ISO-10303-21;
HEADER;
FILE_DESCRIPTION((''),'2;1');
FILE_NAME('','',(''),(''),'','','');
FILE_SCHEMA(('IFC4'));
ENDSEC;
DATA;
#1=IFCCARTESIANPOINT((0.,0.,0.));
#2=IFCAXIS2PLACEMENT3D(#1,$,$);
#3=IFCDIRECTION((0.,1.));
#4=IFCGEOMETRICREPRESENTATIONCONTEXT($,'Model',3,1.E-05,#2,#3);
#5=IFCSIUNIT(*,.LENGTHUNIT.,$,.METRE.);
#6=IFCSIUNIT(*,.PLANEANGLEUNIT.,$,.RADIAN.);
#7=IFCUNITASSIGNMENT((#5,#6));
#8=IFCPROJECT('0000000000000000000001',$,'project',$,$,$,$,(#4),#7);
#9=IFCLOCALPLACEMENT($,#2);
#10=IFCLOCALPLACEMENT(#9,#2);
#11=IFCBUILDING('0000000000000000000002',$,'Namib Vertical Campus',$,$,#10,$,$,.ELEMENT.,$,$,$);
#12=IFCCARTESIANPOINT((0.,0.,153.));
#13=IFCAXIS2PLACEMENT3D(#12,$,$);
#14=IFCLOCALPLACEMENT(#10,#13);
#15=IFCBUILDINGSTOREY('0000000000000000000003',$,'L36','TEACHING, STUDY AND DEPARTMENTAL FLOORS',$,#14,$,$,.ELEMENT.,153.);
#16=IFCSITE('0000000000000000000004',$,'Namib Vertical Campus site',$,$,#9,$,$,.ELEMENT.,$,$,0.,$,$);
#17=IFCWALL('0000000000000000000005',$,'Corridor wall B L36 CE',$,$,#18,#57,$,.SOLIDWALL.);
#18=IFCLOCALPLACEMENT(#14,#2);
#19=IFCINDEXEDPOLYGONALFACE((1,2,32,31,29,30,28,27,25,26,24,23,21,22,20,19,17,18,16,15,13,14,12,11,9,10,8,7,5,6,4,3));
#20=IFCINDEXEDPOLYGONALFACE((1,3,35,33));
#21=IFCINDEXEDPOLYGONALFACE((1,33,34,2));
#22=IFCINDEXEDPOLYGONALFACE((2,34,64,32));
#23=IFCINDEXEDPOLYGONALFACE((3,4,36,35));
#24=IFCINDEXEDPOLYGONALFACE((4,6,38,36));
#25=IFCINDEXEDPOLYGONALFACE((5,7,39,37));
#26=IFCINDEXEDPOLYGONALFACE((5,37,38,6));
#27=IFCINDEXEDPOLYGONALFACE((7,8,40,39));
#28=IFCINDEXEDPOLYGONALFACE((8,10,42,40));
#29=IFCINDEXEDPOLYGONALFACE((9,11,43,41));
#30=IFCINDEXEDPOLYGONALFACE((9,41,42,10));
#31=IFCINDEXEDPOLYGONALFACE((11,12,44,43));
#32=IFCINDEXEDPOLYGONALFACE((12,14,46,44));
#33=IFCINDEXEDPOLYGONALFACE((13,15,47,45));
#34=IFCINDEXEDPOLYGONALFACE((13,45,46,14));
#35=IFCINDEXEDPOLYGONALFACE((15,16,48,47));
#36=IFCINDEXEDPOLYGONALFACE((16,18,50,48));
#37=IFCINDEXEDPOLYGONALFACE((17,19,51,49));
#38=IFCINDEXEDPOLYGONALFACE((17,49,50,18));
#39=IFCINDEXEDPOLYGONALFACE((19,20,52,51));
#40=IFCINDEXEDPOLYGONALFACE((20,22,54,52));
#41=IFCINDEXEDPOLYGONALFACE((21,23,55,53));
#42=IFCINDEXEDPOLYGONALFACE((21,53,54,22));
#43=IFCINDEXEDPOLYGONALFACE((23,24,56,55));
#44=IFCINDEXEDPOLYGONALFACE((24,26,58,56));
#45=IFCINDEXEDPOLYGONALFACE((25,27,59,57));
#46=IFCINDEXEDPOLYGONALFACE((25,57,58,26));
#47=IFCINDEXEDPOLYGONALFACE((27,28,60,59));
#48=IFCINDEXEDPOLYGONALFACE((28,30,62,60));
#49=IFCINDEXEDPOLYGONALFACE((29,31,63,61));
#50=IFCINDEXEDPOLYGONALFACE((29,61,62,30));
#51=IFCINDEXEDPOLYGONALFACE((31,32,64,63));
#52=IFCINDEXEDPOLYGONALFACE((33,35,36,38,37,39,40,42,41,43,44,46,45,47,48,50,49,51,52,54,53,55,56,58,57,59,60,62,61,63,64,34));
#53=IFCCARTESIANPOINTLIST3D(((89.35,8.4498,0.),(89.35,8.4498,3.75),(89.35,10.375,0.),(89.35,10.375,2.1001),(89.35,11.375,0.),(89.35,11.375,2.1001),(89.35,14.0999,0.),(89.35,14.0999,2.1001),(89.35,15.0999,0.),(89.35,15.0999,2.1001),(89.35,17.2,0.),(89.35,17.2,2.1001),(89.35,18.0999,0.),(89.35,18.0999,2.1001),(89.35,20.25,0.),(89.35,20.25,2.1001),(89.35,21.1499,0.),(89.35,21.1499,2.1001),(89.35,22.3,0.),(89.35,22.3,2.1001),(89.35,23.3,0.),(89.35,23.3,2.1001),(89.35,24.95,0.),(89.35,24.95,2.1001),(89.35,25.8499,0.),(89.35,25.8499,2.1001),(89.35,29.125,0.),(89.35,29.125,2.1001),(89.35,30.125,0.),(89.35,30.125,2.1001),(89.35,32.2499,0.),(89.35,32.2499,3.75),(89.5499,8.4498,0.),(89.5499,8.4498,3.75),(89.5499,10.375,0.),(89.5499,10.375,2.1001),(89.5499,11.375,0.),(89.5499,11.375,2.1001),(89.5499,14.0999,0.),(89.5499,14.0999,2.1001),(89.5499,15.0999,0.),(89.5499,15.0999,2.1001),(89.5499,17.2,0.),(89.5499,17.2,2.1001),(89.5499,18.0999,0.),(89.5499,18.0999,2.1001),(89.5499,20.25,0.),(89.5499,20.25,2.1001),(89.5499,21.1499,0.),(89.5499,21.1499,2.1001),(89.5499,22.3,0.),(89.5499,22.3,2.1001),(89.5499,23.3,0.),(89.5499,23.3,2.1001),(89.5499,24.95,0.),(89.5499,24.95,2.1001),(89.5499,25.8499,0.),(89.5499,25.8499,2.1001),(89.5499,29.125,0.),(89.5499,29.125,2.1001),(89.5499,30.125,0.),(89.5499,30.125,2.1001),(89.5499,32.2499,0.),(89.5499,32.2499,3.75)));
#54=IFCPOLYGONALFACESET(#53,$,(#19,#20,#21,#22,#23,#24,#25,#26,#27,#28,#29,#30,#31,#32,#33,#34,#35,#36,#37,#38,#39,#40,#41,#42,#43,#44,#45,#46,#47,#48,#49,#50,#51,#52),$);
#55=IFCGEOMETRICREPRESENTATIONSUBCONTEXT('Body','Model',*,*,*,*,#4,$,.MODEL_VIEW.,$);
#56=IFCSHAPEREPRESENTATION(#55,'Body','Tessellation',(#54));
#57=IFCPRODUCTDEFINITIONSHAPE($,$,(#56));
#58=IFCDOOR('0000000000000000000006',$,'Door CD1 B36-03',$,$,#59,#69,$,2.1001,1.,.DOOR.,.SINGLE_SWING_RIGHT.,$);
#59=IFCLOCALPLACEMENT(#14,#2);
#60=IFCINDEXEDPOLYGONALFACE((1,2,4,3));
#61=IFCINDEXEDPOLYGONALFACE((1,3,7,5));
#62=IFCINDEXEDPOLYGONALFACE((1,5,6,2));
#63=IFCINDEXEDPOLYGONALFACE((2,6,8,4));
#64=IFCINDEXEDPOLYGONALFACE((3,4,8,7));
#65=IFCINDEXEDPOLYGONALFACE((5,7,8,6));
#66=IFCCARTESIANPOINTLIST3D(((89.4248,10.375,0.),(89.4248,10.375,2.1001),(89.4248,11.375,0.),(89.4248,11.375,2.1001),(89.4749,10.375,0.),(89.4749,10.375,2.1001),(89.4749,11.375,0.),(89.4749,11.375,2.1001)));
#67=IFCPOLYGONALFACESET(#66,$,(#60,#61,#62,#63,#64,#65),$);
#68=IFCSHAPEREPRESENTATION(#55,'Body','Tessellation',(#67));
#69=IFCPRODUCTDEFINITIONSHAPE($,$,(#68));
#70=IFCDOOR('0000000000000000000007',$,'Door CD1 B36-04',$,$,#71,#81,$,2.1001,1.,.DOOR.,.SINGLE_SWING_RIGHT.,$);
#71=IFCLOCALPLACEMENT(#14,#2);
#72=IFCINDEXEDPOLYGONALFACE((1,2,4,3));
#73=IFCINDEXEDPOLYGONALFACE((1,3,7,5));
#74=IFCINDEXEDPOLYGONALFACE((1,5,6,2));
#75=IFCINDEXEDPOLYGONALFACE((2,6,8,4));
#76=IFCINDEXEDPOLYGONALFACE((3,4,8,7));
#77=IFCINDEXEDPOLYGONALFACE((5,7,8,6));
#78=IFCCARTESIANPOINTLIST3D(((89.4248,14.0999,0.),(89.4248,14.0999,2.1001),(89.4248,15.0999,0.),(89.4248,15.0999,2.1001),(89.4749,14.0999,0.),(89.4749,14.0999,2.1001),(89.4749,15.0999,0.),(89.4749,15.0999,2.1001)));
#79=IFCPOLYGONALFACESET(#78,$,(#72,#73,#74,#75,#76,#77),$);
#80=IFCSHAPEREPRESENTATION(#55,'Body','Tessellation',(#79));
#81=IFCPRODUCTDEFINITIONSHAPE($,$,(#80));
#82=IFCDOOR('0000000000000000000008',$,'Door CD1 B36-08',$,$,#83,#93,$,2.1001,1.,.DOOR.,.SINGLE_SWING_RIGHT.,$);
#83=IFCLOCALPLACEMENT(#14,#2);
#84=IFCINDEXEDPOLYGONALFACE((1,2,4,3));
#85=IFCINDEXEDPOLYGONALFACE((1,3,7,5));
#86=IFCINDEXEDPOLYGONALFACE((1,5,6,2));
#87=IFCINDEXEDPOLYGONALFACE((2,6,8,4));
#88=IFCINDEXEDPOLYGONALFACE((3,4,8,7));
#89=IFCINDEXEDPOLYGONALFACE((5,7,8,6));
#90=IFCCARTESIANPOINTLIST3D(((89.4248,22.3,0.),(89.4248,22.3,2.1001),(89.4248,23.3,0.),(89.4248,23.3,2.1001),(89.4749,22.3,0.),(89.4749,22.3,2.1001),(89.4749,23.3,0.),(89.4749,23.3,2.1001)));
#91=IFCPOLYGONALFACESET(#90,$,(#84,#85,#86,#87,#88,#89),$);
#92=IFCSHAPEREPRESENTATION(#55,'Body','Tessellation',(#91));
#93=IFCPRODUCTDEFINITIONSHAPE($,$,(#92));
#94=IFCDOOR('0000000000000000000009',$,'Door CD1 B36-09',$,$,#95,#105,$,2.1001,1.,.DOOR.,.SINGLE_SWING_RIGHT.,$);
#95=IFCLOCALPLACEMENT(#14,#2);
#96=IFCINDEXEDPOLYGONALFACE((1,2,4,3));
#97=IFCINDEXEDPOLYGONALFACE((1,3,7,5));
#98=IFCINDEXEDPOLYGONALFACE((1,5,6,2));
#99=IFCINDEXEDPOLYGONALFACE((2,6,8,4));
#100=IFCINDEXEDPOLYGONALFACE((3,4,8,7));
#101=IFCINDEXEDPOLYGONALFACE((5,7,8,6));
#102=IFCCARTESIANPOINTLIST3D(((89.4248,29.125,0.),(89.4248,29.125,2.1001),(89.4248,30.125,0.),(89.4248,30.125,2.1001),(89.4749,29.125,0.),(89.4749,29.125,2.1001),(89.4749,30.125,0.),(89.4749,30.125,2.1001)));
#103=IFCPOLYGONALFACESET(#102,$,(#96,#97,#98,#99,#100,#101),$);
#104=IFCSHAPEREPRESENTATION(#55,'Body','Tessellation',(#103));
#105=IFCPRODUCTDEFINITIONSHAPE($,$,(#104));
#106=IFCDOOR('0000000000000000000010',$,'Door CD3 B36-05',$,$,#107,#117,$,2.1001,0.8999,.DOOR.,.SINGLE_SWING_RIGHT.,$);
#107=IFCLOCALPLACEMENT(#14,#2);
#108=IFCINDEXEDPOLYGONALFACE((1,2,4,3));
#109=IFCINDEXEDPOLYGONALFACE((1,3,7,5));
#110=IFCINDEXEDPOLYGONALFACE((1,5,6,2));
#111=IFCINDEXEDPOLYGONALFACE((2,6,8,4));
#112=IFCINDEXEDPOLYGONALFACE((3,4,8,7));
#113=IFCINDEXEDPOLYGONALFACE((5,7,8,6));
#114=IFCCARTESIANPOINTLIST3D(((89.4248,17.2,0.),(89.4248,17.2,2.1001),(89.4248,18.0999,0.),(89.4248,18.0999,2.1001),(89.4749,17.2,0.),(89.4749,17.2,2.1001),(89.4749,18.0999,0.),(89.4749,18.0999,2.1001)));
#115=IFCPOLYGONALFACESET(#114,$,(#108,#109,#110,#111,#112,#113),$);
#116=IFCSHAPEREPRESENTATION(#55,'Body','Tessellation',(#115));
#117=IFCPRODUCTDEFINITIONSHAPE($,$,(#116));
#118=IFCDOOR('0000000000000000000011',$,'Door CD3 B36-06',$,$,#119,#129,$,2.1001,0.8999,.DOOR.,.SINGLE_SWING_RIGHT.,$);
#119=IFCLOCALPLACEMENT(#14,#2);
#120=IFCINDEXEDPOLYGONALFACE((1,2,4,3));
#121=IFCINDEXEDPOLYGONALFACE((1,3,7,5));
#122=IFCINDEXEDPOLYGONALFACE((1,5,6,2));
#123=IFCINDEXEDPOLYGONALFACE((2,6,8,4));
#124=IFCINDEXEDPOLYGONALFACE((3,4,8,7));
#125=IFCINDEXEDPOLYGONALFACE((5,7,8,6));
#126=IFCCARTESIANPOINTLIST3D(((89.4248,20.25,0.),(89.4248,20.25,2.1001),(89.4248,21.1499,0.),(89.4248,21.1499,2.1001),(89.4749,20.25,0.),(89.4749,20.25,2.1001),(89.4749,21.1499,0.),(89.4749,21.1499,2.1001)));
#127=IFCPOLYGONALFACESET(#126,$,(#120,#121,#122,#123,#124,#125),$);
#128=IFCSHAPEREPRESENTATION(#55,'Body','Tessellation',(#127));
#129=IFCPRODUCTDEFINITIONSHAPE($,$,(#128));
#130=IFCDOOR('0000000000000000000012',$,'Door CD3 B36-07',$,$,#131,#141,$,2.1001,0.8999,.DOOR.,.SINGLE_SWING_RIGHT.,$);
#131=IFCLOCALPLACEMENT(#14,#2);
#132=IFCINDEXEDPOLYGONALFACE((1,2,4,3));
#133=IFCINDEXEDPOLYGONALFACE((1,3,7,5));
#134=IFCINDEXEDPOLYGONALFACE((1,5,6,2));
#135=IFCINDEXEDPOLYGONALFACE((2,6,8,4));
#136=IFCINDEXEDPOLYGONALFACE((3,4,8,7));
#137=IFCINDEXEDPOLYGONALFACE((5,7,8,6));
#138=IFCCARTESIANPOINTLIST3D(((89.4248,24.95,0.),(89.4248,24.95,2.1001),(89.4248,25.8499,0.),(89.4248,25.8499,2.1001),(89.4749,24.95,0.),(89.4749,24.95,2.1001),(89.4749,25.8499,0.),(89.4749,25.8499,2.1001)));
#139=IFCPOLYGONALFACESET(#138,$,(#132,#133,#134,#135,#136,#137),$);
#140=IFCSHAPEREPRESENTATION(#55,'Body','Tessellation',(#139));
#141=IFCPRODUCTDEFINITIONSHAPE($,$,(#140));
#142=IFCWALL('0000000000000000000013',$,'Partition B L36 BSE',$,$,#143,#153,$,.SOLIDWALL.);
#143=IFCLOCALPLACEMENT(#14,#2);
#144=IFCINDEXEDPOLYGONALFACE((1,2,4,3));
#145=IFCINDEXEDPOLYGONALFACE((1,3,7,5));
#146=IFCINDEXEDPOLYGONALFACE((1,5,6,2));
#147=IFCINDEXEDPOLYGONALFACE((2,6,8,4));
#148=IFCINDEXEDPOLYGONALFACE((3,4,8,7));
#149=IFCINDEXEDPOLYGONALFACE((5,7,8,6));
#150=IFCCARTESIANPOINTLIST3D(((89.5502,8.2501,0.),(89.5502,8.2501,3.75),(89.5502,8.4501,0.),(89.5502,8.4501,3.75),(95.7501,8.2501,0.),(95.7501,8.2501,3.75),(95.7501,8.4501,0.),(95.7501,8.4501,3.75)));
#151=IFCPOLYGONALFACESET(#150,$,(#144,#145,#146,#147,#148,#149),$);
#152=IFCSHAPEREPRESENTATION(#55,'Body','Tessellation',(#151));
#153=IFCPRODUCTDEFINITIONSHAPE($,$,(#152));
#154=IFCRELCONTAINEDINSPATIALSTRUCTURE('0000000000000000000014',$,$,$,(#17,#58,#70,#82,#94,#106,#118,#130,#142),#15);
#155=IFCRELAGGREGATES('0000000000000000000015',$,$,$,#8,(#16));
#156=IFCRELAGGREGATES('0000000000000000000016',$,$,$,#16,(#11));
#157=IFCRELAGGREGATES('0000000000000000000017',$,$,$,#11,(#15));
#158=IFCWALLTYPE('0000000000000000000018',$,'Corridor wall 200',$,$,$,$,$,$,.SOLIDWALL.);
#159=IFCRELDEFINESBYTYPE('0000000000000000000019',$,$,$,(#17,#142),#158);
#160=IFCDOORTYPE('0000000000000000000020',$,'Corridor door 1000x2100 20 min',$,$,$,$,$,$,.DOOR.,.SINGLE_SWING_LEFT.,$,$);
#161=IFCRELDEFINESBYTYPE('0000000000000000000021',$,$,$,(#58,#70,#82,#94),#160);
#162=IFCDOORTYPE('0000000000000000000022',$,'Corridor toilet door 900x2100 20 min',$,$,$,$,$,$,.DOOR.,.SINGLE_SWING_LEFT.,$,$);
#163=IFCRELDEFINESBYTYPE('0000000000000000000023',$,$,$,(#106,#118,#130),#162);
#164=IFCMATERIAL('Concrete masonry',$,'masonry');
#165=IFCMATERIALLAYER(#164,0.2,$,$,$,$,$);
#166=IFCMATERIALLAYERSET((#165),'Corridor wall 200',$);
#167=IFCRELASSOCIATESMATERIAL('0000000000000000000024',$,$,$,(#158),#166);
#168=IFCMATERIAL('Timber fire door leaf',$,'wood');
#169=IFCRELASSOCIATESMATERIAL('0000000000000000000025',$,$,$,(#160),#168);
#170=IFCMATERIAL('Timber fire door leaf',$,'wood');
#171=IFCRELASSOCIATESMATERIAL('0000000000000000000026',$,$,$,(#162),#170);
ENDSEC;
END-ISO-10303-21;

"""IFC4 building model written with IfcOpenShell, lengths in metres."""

from ifc_helpers import new_model, si_unit, direction, frame, frame_2d, origin, place, context, subcontext, project, spatial, rectangle, extrude, material, layer, layer_set, type_object, element, fill, save


model = new_model("IFC4")

# Units and contexts
model_context = context("Model", 3, precision=1e-05, world=origin(), true_north=direction((0.0, 1.0)))
body_context = subcontext(model_context, "Body", "Model", "MODEL_VIEW")
ifc_project = project(units=[si_unit("LENGTHUNIT", "METRE"), si_unit("PLANEANGLEUNIT", "RADIAN")], contexts=[model_context])

# Site, building, storey
site_placement = place(None, origin())
site = spatial("IfcSite", under=ifc_project, at=site_placement, Name="Namib Vertical Campus site", CompositionType="ELEMENT", RefElevation=0.0)
building_placement = place(site_placement, origin())
building = spatial("IfcBuilding", under=site, at=building_placement, Name="Namib Vertical Campus", CompositionType="ELEMENT")
storey_placement = place(building_placement, frame((0.0, 0.0, 153.0)))
storey = spatial("IfcBuildingStorey", under=building, at=storey_placement, Name="L36", Description="TEACHING, STUDY AND DEPARTMENTAL FLOORS", CompositionType="ELEMENT", Elevation=153.0)

# Wall, openings, doors
ifc_material_1 = material(Name="Concrete masonry", Category="masonry")
ifc_layer_1 = layer(ifc_material_1, 0.2)
ifc_layer_set_1 = layer_set([ifc_layer_1], Name="Corridor wall 200")
wall_type_1 = type_object("IfcWallType", Name="Corridor wall 200", PredefinedType="SOLIDWALL", material=ifc_layer_set_1)
wall_1_placement = place(storey_placement, frame((89.45, 8.45, 0.0), z_axis=(0.0, 0.0, 1.0), x_axis=(0.0, 1.0, 0.0)))
wall_1 = element("IfcWall", 1, at=wall_1_placement, inside=storey, type_object=wall_type_1, Name="Corridor wall B L36 CE", PredefinedType="SOLIDWALL", context=body_context, shape_type="SweptSolid", body=[
    extrude(rectangle(XDim=23.8, YDim=0.2, at=frame_2d((11.8999, 0.0))), origin(), (0.0, 0.0, 1.0), 3.75),
])
opening_1_placement = place(wall_1_placement, frame((1.925, 0.0, 0.0)))
opening_1 = element("IfcOpeningElement", 2, at=opening_1_placement, cuts=wall_1, PredefinedType="OPENING", context=body_context, shape_type="SweptSolid", body=[
    extrude(rectangle(XDim=1.0, YDim=2.1001, at=frame_2d((0.5, 1.05))), frame((0.0, 0.1099, 0.0), z_axis=(0.0, -1.0, 0.0), x_axis=(1.0, 0.0, 0.0)), (0.0, 0.0, 1.0), 0.22),
])
opening_2_placement = place(wall_1_placement, frame((5.6499, 0.0, 0.0)))
opening_2 = element("IfcOpeningElement", 3, at=opening_2_placement, cuts=wall_1, PredefinedType="OPENING", context=body_context, shape_type="SweptSolid", body=[
    extrude(rectangle(XDim=1.0, YDim=2.1001, at=frame_2d((0.5, 1.05))), frame((0.0, 0.1099, 0.0), z_axis=(0.0, -1.0, 0.0), x_axis=(1.0, 0.0, 0.0)), (0.0, 0.0, 1.0), 0.22),
])
opening_3_placement = place(wall_1_placement, frame((8.75, 0.0, 0.0)))
opening_3 = element("IfcOpeningElement", 4, at=opening_3_placement, cuts=wall_1, PredefinedType="OPENING", context=body_context, shape_type="SweptSolid", body=[
    extrude(rectangle(XDim=0.8999, YDim=2.1001, at=frame_2d((0.45, 1.05))), frame((0.0, 0.1099, 0.0), z_axis=(0.0, -1.0, 0.0), x_axis=(1.0, 0.0, 0.0)), (0.0, 0.0, 1.0), 0.22),
])
opening_4_placement = place(wall_1_placement, frame((11.8, 0.0, 0.0)))
opening_4 = element("IfcOpeningElement", 5, at=opening_4_placement, cuts=wall_1, PredefinedType="OPENING", context=body_context, shape_type="SweptSolid", body=[
    extrude(rectangle(XDim=0.8999, YDim=2.1001, at=frame_2d((0.45, 1.05))), frame((0.0, 0.1099, 0.0), z_axis=(0.0, -1.0, 0.0), x_axis=(1.0, 0.0, 0.0)), (0.0, 0.0, 1.0), 0.22),
])
opening_5_placement = place(wall_1_placement, frame((16.5, 0.0, 0.0)))
opening_5 = element("IfcOpeningElement", 6, at=opening_5_placement, cuts=wall_1, PredefinedType="OPENING", context=body_context, shape_type="SweptSolid", body=[
    extrude(rectangle(XDim=0.8999, YDim=2.1001, at=frame_2d((0.45, 1.05))), frame((0.0, 0.1099, 0.0), z_axis=(0.0, -1.0, 0.0), x_axis=(1.0, 0.0, 0.0)), (0.0, 0.0, 1.0), 0.22),
])
opening_6_placement = place(wall_1_placement, frame((13.8501, 0.0, 0.0)))
opening_6 = element("IfcOpeningElement", 7, at=opening_6_placement, cuts=wall_1, PredefinedType="OPENING", context=body_context, shape_type="SweptSolid", body=[
    extrude(rectangle(XDim=1.0, YDim=2.1001, at=frame_2d((0.5, 1.05))), frame((0.0, 0.1099, 0.0), z_axis=(0.0, -1.0, 0.0), x_axis=(1.0, 0.0, 0.0)), (0.0, 0.0, 1.0), 0.22),
])
opening_7_placement = place(wall_1_placement, frame((20.675, 0.0, 0.0)))
opening_7 = element("IfcOpeningElement", 8, at=opening_7_placement, cuts=wall_1, PredefinedType="OPENING", context=body_context, shape_type="SweptSolid", body=[
    extrude(rectangle(XDim=1.0, YDim=2.1001, at=frame_2d((0.5, 1.05))), frame((0.0, 0.1099, 0.0), z_axis=(0.0, -1.0, 0.0), x_axis=(1.0, 0.0, 0.0)), (0.0, 0.0, 1.0), 0.22),
])
ifc_material_2 = material(Name="Timber fire door leaf", Category="wood")
door_type_1 = type_object("IfcDoorType", Name="Corridor door 1000x2100 20 min", OperationType="SINGLE_SWING_LEFT", PredefinedType="DOOR", material=ifc_material_2)
door_1_placement = place(opening_1_placement, frame((1.0, 0.0, 0.0), z_axis=(0.0, 0.0, 1.0), x_axis=(-1.0, 0.0, 0.0)))
door_1 = element("IfcDoor", 9, at=door_1_placement, inside=storey, type_object=door_type_1, Name="Door CD1 B36-03", OperationType="SINGLE_SWING_RIGHT", OverallHeight=2.1001, OverallWidth=1.0, PredefinedType="DOOR", context=body_context, shape_type="SweptSolid", body=[
    extrude(rectangle(XDim=1.0, YDim=2.1001, at=frame_2d((0.5, 1.05))), frame((0.0, 0.0249, 0.0), z_axis=(0.0, -1.0, 0.0), x_axis=(1.0, 0.0, 0.0)), (0.0, 0.0, 1.0), 0.05),
])
fill(opening_1, door_1)
door_2_placement = place(opening_2_placement, frame((1.0, 0.0, 0.0), z_axis=(0.0, 0.0, 1.0), x_axis=(-1.0, 0.0, 0.0)))
door_2 = element("IfcDoor", 10, at=door_2_placement, inside=storey, type_object=door_type_1, Name="Door CD1 B36-04", OperationType="SINGLE_SWING_RIGHT", OverallHeight=2.1001, OverallWidth=1.0, PredefinedType="DOOR", context=body_context, shape_type="SweptSolid", body=[
    extrude(rectangle(XDim=1.0, YDim=2.1001, at=frame_2d((0.5, 1.05))), frame((0.0, 0.0249, 0.0), z_axis=(0.0, -1.0, 0.0), x_axis=(1.0, 0.0, 0.0)), (0.0, 0.0, 1.0), 0.05),
])
fill(opening_2, door_2)
door_3_placement = place(opening_6_placement, frame((1.0, 0.0, 0.0), z_axis=(0.0, 0.0, 1.0), x_axis=(-1.0, 0.0, 0.0)))
door_3 = element("IfcDoor", 11, at=door_3_placement, inside=storey, type_object=door_type_1, Name="Door CD1 B36-08", OperationType="SINGLE_SWING_RIGHT", OverallHeight=2.1001, OverallWidth=1.0, PredefinedType="DOOR", context=body_context, shape_type="SweptSolid", body=[
    extrude(rectangle(XDim=1.0, YDim=2.1001, at=frame_2d((0.5, 1.05))), frame((0.0, 0.0249, 0.0), z_axis=(0.0, -1.0, 0.0), x_axis=(1.0, 0.0, 0.0)), (0.0, 0.0, 1.0), 0.05),
])
fill(opening_6, door_3)
door_4_placement = place(opening_7_placement, frame((1.0, 0.0, 0.0), z_axis=(0.0, 0.0, 1.0), x_axis=(-1.0, 0.0, 0.0)))
door_4 = element("IfcDoor", 12, at=door_4_placement, inside=storey, type_object=door_type_1, Name="Door CD1 B36-09", OperationType="SINGLE_SWING_RIGHT", OverallHeight=2.1001, OverallWidth=1.0, PredefinedType="DOOR", context=body_context, shape_type="SweptSolid", body=[
    extrude(rectangle(XDim=1.0, YDim=2.1001, at=frame_2d((0.5, 1.05))), frame((0.0, 0.0249, 0.0), z_axis=(0.0, -1.0, 0.0), x_axis=(1.0, 0.0, 0.0)), (0.0, 0.0, 1.0), 0.05),
])
fill(opening_7, door_4)
ifc_material_3 = material(Name="Timber fire door leaf", Category="wood")
door_type_2 = type_object("IfcDoorType", Name="Corridor toilet door 900x2100 20 min", OperationType="SINGLE_SWING_LEFT", PredefinedType="DOOR", material=ifc_material_3)
door_5_placement = place(opening_3_placement, frame((0.8999, 0.0, 0.0), z_axis=(0.0, 0.0, 1.0), x_axis=(-1.0, 0.0, 0.0)))
door_5 = element("IfcDoor", 13, at=door_5_placement, inside=storey, type_object=door_type_2, Name="Door CD3 B36-05", OperationType="SINGLE_SWING_RIGHT", OverallHeight=2.1001, OverallWidth=0.8999, PredefinedType="DOOR", context=body_context, shape_type="SweptSolid", body=[
    extrude(rectangle(XDim=0.8999, YDim=2.1001, at=frame_2d((0.45, 1.05))), frame((0.0, 0.0249, 0.0), z_axis=(0.0, -1.0, 0.0), x_axis=(1.0, 0.0, 0.0)), (0.0, 0.0, 1.0), 0.05),
])
fill(opening_3, door_5)
door_6_placement = place(opening_4_placement, frame((0.8999, 0.0, 0.0), z_axis=(0.0, 0.0, 1.0), x_axis=(-1.0, 0.0, 0.0)))
door_6 = element("IfcDoor", 14, at=door_6_placement, inside=storey, type_object=door_type_2, Name="Door CD3 B36-06", OperationType="SINGLE_SWING_RIGHT", OverallHeight=2.1001, OverallWidth=0.8999, PredefinedType="DOOR", context=body_context, shape_type="SweptSolid", body=[
    extrude(rectangle(XDim=0.8999, YDim=2.1001, at=frame_2d((0.45, 1.05))), frame((0.0, 0.0249, 0.0), z_axis=(0.0, -1.0, 0.0), x_axis=(1.0, 0.0, 0.0)), (0.0, 0.0, 1.0), 0.05),
])
fill(opening_4, door_6)
door_7_placement = place(opening_5_placement, frame((0.8999, 0.0, 0.0), z_axis=(0.0, 0.0, 1.0), x_axis=(-1.0, 0.0, 0.0)))
door_7 = element("IfcDoor", 15, at=door_7_placement, inside=storey, type_object=door_type_2, Name="Door CD3 B36-07", OperationType="SINGLE_SWING_RIGHT", OverallHeight=2.1001, OverallWidth=0.8999, PredefinedType="DOOR", context=body_context, shape_type="SweptSolid", body=[
    extrude(rectangle(XDim=0.8999, YDim=2.1001, at=frame_2d((0.45, 1.05))), frame((0.0, 0.0249, 0.0), z_axis=(0.0, -1.0, 0.0), x_axis=(1.0, 0.0, 0.0)), (0.0, 0.0, 1.0), 0.05),
])
fill(opening_5, door_7)

# Wall
wall_2_placement = place(storey_placement, frame((89.55, 8.3501, 0.0), z_axis=(0.0, 0.0, 1.0), x_axis=(1.0, 0.0, 0.0)))
element("IfcWall", 16, at=wall_2_placement, inside=storey, type_object=wall_type_1, Name="Partition B L36 BSE", PredefinedType="SOLIDWALL", context=body_context, shape_type="SweptSolid", body=[
    extrude(rectangle(XDim=6.2, YDim=0.2, at=frame_2d((3.1001, 0.0))), origin(), (0.0, 0.0, 1.0), 3.75),
])

save(model, "model.ifc")
